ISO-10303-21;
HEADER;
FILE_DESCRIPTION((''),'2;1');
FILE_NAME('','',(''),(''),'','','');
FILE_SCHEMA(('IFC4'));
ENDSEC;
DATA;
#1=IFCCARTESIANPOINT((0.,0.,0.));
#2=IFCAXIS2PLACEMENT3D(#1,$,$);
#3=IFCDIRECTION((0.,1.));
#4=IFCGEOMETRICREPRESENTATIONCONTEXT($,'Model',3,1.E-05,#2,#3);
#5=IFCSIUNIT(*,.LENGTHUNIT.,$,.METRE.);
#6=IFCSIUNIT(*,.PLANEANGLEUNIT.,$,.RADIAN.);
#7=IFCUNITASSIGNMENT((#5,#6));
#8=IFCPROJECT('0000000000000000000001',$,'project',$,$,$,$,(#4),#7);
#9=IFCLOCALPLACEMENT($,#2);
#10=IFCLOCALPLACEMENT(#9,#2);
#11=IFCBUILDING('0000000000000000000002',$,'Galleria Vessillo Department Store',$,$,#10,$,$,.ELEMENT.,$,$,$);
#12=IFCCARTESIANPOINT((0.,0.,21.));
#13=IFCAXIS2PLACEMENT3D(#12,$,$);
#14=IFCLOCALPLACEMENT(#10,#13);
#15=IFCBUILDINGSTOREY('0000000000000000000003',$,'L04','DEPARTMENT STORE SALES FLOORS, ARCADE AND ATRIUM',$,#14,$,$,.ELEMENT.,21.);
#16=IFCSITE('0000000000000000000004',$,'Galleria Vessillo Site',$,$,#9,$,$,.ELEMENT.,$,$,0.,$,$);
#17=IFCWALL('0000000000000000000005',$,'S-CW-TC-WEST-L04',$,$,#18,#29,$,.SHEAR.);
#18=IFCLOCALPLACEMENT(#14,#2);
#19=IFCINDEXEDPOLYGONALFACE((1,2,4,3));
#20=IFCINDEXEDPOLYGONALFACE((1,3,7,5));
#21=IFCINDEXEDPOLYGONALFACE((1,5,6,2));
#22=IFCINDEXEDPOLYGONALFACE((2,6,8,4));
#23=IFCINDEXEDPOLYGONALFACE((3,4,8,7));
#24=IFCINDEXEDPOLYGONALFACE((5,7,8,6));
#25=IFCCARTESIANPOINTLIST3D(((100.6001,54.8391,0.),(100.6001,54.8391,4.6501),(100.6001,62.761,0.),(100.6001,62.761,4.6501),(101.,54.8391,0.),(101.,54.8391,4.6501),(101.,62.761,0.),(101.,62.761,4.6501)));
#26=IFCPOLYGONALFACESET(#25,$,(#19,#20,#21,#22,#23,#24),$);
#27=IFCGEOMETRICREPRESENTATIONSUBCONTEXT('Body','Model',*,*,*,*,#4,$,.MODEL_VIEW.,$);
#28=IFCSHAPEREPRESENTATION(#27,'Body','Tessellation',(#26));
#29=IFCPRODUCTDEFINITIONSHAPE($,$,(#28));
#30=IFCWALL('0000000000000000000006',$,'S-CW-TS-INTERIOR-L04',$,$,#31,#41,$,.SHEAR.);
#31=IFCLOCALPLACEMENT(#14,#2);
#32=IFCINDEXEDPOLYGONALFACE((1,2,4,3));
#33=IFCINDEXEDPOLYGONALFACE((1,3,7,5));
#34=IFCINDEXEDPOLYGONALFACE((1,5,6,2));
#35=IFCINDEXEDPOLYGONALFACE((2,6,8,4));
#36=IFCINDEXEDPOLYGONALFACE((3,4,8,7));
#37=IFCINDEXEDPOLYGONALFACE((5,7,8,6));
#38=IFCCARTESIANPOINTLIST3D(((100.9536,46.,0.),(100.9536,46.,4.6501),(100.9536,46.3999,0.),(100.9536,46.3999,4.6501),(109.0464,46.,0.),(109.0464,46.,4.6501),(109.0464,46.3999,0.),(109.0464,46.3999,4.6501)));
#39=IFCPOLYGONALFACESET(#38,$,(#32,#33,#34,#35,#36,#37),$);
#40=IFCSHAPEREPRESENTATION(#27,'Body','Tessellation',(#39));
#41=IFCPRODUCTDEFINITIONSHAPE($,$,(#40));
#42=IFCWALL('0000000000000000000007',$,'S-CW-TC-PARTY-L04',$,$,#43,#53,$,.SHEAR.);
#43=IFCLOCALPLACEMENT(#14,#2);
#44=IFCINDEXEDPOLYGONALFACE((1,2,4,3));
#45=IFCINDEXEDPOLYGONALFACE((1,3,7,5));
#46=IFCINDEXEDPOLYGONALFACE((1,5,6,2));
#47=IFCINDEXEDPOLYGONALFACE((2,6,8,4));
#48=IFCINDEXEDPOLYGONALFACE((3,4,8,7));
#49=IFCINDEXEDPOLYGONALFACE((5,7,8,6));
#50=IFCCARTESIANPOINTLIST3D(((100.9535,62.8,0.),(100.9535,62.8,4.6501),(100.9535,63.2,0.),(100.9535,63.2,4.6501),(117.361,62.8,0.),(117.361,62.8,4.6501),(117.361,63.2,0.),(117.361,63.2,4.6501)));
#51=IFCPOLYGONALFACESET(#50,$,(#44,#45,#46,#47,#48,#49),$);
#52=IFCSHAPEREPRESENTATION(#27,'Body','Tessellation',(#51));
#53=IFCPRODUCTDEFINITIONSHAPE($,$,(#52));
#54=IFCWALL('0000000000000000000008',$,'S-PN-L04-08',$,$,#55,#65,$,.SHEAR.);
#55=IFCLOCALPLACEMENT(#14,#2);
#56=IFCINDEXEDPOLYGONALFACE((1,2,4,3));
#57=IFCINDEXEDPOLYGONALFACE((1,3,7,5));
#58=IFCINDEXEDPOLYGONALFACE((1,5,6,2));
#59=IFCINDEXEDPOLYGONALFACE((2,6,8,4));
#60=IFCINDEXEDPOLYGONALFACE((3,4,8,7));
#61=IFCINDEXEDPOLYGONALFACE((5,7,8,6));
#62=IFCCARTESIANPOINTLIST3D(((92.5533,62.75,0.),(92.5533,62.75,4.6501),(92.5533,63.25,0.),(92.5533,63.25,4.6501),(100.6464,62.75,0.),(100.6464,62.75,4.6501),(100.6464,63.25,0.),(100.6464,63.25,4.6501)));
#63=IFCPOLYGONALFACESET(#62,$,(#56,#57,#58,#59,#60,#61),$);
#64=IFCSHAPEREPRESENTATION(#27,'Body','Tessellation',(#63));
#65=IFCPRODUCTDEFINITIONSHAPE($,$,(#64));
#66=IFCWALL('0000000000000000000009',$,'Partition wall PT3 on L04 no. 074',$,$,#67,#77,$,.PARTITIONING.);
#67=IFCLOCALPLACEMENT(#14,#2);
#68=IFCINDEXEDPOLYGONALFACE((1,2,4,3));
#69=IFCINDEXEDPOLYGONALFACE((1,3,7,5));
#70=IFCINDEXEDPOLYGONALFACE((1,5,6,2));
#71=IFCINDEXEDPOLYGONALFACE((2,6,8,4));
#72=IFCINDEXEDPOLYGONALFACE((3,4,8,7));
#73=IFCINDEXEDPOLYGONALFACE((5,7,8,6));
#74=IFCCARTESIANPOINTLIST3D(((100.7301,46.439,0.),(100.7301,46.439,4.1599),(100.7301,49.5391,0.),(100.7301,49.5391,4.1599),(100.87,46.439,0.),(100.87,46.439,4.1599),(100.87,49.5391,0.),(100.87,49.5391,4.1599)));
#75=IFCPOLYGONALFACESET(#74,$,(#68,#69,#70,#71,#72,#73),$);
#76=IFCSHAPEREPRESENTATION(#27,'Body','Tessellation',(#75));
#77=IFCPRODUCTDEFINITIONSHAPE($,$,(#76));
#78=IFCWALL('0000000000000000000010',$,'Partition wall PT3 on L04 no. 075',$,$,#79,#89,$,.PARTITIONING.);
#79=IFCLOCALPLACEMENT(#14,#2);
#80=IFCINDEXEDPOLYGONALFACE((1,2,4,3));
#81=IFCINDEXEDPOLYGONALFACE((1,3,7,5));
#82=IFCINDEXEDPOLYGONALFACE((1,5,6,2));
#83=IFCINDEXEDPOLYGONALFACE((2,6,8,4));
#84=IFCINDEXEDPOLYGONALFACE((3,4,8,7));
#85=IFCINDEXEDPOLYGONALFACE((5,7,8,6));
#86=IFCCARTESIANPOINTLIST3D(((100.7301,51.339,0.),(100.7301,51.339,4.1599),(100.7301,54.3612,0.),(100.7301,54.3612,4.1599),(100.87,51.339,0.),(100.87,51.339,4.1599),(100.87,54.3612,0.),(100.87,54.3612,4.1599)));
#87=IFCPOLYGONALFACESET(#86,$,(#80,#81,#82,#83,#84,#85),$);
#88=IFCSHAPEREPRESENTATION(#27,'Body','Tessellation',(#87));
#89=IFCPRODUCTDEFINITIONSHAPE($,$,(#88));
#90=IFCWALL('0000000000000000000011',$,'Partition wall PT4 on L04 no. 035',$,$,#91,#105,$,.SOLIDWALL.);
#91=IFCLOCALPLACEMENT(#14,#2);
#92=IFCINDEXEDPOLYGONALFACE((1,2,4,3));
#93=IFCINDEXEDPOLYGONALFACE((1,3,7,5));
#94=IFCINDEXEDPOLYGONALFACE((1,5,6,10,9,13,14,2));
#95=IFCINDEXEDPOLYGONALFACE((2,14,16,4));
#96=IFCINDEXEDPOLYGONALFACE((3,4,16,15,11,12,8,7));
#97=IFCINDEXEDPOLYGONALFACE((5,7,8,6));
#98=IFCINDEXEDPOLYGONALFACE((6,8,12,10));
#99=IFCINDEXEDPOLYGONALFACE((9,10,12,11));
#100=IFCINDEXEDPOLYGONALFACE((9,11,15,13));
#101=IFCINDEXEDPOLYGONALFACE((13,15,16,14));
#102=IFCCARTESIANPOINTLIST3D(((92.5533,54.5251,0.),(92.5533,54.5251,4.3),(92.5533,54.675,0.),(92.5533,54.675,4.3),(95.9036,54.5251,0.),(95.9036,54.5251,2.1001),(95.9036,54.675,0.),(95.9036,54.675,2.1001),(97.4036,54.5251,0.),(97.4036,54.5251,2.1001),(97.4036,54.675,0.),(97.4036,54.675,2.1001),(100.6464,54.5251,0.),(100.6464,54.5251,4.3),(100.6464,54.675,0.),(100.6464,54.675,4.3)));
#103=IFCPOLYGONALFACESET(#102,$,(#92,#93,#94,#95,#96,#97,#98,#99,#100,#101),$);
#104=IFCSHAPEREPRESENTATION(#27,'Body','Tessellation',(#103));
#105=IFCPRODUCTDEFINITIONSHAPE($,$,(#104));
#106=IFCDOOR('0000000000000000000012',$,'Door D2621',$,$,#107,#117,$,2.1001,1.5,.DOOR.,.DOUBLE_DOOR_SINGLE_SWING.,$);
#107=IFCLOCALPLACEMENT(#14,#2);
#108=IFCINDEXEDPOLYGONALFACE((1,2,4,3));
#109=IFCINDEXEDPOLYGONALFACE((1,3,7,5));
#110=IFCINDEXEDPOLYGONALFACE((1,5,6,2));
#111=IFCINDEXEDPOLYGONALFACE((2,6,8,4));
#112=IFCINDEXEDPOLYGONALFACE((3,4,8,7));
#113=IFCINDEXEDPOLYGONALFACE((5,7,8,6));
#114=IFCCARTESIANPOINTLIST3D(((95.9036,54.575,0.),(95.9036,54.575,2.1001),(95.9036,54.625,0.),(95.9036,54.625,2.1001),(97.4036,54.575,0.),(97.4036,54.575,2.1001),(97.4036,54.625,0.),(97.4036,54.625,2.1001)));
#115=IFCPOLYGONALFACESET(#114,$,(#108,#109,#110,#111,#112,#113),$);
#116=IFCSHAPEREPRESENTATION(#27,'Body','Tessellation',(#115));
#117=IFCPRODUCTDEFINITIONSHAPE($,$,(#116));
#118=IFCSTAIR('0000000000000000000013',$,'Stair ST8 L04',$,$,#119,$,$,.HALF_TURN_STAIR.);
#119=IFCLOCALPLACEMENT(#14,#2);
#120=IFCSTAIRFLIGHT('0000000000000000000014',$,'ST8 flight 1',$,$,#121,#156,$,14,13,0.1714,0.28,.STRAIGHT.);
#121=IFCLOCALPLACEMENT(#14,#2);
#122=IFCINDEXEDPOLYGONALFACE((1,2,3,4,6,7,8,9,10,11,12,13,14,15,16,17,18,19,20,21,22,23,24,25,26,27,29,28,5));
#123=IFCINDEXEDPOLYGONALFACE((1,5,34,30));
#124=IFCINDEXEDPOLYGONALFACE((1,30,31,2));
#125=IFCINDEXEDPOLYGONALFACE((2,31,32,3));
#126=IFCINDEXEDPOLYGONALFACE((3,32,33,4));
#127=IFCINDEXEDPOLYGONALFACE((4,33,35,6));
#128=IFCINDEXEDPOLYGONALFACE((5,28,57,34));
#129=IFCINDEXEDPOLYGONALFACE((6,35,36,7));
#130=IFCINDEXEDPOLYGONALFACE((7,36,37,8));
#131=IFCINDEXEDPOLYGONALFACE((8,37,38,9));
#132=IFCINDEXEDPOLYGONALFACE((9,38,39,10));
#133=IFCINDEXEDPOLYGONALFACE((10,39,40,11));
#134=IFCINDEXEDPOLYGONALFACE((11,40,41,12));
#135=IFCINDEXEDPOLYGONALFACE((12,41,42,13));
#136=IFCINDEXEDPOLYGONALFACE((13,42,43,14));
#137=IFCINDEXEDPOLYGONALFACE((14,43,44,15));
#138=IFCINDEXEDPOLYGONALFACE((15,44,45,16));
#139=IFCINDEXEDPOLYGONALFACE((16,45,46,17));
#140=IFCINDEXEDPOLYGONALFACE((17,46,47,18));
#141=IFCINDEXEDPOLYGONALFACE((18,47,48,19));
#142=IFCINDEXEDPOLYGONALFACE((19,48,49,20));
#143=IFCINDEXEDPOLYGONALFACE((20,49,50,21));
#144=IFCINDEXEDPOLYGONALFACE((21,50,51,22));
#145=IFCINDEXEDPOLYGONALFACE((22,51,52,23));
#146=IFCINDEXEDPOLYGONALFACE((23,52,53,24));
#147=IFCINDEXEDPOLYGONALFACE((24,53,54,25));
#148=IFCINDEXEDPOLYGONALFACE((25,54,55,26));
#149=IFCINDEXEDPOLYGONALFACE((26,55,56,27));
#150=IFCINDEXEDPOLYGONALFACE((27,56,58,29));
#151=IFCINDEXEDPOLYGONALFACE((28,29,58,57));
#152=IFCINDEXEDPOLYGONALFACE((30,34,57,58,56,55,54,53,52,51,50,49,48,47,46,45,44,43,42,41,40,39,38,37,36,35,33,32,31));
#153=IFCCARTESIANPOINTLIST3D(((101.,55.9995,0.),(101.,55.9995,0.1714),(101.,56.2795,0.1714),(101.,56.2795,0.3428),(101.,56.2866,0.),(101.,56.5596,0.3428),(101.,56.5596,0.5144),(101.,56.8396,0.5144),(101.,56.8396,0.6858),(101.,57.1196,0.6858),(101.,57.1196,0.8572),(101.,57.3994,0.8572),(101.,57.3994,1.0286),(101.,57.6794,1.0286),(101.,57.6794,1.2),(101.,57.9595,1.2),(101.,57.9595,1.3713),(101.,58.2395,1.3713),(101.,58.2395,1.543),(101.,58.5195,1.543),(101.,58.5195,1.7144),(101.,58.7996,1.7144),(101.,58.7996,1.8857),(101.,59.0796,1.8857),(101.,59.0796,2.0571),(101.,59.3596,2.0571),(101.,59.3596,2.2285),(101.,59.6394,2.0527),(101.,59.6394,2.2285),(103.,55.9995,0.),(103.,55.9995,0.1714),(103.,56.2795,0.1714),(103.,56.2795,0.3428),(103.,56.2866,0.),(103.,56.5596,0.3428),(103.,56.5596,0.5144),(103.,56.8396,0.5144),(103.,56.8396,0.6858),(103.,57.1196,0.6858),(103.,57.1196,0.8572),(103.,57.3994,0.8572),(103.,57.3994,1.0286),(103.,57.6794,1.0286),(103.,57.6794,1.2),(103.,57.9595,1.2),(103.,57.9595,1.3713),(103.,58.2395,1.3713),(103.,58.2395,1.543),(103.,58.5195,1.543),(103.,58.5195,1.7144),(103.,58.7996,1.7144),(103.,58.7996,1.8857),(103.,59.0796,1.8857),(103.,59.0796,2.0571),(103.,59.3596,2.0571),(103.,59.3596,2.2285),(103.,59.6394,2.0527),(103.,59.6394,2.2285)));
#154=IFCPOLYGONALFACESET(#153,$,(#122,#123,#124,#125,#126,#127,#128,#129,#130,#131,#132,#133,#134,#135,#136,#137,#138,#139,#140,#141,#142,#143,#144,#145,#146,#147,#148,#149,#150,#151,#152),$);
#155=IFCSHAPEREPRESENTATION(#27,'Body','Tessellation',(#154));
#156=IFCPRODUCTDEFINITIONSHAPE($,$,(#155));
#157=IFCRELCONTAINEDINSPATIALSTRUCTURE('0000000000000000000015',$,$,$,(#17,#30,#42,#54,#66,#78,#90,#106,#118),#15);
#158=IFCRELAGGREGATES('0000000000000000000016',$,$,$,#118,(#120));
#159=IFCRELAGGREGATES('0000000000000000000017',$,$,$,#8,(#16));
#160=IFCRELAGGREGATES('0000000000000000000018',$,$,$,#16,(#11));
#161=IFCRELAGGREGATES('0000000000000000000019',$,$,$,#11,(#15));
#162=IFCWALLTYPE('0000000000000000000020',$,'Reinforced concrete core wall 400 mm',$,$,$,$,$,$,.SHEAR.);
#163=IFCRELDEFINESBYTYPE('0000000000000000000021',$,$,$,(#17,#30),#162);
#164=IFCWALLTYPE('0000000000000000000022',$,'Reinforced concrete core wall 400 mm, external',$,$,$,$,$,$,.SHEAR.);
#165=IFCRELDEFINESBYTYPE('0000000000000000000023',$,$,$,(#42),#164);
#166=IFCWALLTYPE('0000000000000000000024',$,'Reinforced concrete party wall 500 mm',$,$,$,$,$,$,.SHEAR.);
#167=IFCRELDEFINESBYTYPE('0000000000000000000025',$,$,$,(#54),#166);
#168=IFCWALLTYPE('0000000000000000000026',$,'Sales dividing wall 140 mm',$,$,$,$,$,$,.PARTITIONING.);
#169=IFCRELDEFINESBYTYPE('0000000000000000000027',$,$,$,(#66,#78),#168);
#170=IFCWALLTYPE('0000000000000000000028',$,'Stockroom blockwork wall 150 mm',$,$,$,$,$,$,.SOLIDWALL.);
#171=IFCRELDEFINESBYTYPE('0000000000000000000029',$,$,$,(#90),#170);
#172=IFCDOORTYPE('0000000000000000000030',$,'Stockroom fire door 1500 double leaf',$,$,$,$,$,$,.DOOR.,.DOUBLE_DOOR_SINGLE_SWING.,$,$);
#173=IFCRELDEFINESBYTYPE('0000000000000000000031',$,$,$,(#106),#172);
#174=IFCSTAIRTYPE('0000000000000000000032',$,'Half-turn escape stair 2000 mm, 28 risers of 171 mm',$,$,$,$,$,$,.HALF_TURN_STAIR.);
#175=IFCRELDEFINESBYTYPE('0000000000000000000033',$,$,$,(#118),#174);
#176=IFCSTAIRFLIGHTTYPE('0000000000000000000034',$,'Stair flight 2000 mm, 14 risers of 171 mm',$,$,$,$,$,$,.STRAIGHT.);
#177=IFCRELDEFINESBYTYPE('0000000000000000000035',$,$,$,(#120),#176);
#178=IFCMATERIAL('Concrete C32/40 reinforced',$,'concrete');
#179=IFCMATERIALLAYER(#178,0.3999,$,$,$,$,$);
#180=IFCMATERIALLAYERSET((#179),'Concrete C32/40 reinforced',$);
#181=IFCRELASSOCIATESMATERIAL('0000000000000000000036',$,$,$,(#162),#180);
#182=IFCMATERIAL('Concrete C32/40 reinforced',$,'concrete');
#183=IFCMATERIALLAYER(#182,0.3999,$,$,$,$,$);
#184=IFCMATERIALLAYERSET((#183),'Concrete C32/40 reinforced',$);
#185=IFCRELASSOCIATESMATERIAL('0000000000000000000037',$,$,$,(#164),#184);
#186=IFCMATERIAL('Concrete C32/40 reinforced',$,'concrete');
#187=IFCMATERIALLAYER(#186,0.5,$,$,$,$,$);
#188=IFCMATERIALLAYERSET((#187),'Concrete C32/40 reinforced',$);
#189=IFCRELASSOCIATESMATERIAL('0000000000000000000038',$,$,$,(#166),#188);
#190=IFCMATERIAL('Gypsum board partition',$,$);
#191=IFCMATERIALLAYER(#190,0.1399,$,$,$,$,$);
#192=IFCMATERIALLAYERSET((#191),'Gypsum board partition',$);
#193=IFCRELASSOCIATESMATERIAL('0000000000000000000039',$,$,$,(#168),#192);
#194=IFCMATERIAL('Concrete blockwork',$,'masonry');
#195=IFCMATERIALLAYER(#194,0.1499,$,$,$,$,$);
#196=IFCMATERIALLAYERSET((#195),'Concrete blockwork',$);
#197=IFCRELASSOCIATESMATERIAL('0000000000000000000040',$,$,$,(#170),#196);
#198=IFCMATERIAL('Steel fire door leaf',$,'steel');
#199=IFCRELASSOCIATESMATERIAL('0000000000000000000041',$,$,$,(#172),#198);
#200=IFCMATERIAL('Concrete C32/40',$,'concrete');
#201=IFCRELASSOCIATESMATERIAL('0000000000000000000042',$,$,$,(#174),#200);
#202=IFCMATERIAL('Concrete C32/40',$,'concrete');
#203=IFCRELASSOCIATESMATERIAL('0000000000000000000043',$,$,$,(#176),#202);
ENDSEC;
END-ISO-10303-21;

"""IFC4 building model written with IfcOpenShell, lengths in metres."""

from ifc_helpers import new_model, si_unit, direction, frame, frame_2d, origin, place, context, subcontext, project, spatial, polyline, rectangle, outline, extrude, material, layer, layer_set, type_object, element, fill, aggregate, save


model = new_model("IFC4")

# Units and contexts
model_context = context("Model", 3, precision=1e-05, world=origin(), true_north=direction((0.0, 1.0)))
body_context = subcontext(model_context, "Body", "Model", "MODEL_VIEW")
ifc_project = project(units=[si_unit("LENGTHUNIT", "METRE"), si_unit("PLANEANGLEUNIT", "RADIAN")], contexts=[model_context])

# Site, building, storey
site_placement = place(None, origin())
site = spatial("IfcSite", under=ifc_project, at=site_placement, Name="Galleria Vessillo Site", CompositionType="ELEMENT", RefElevation=0.0)
building_placement = place(site_placement, origin())
building = spatial("IfcBuilding", under=site, at=building_placement, Name="Galleria Vessillo Department Store", CompositionType="ELEMENT")
storey_placement = place(building_placement, frame((0.0, 0.0, 21.0)))
storey = spatial("IfcBuildingStorey", under=building, at=storey_placement, Name="L04", Description="DEPARTMENT STORE SALES FLOORS, ARCADE AND ATRIUM", CompositionType="ELEMENT", Elevation=21.0)

# Shared definitions
ifc_material_1 = material(Name="Concrete C32/40 reinforced", Category="concrete")
ifc_layer_1 = layer(ifc_material_1, 0.3999)
ifc_layer_set_1 = layer_set([ifc_layer_1], Name="Concrete C32/40 reinforced")
wall_type_1 = type_object("IfcWallType", Name="Reinforced concrete core wall 400 mm", PredefinedType="SHEAR", material=ifc_layer_set_1)

# Walls
wall_1_placement = place(storey_placement, frame((100.8, 54.8391, 0.0), z_axis=(0.0, 0.0, 1.0), x_axis=(0.0, 1.0, 0.0)))
element("IfcWall", 1, at=wall_1_placement, inside=storey, type_object=wall_type_1, Name="S-CW-TC-WEST-L04", PredefinedType="SHEAR", context=body_context, shape_type="SweptSolid", body=[
    extrude(rectangle(XDim=7.9219, YDim=0.3999, at=frame_2d((3.9609, 0.0))), origin(), (0.0, 0.0, 1.0), 4.6501),
])
wall_2_placement = place(storey_placement, frame((100.9536, 46.2, 0.0), z_axis=(0.0, 0.0, 1.0), x_axis=(1.0, 0.0, 0.0)))
element("IfcWall", 2, at=wall_2_placement, inside=storey, type_object=wall_type_1, Name="S-CW-TS-INTERIOR-L04", PredefinedType="SHEAR", context=body_context, shape_type="SweptSolid", body=[
    extrude(rectangle(XDim=8.0928, YDim=0.3999, at=frame_2d((4.0464, 0.0))), origin(), (0.0, 0.0, 1.0), 4.6501),
])
ifc_material_2 = material(Name="Concrete C32/40 reinforced", Category="concrete")
ifc_layer_2 = layer(ifc_material_2, 0.3999)
ifc_layer_set_2 = layer_set([ifc_layer_2], Name="Concrete C32/40 reinforced")
wall_type_2 = type_object("IfcWallType", Name="Reinforced concrete core wall 400 mm, external", PredefinedType="SHEAR", material=ifc_layer_set_2)
wall_3_placement = place(storey_placement, frame((100.9536, 63.0, 0.0), z_axis=(0.0, 0.0, 1.0), x_axis=(1.0, 0.0, 0.0)))
element("IfcWall", 3, at=wall_3_placement, inside=storey, type_object=wall_type_2, Name="S-CW-TC-PARTY-L04", PredefinedType="SHEAR", context=body_context, shape_type="SweptSolid", body=[
    extrude(rectangle(XDim=16.4075, YDim=0.3999, at=frame_2d((8.2036, 0.0))), origin(), (0.0, 0.0, 1.0), 4.6501),
])
ifc_material_3 = material(Name="Concrete C32/40 reinforced", Category="concrete")
ifc_layer_3 = layer(ifc_material_3, 0.5)
ifc_layer_set_3 = layer_set([ifc_layer_3], Name="Concrete C32/40 reinforced")
wall_type_3 = type_object("IfcWallType", Name="Reinforced concrete party wall 500 mm", PredefinedType="SHEAR", material=ifc_layer_set_3)
wall_4_placement = place(storey_placement, frame((92.5535, 63.0, 0.0), z_axis=(0.0, 0.0, 1.0), x_axis=(1.0, 0.0, 0.0)))
element("IfcWall", 4, at=wall_4_placement, inside=storey, type_object=wall_type_3, Name="S-PN-L04-08", PredefinedType="SHEAR", context=body_context, shape_type="SweptSolid", body=[
    extrude(rectangle(XDim=8.093, YDim=0.5, at=frame_2d((4.0464, 0.0))), origin(), (0.0, 0.0, 1.0), 4.6501),
])
ifc_material_4 = material(Name="Gypsum board partition")
ifc_layer_4 = layer(ifc_material_4, 0.1399)
ifc_layer_set_4 = layer_set([ifc_layer_4], Name="Gypsum board partition")
wall_type_4 = type_object("IfcWallType", Name="Sales dividing wall 140 mm", PredefinedType="PARTITIONING", material=ifc_layer_set_4)
wall_5_placement = place(storey_placement, frame((100.8, 46.439, 0.0), z_axis=(0.0, 0.0, 1.0), x_axis=(0.0, 1.0, 0.0)))
element("IfcWall", 5, at=wall_5_placement, inside=storey, type_object=wall_type_4, Name="Partition wall PT3 on L04 no. 074", PredefinedType="PARTITIONING", context=body_context, shape_type="SweptSolid", body=[
    extrude(rectangle(XDim=3.1001, YDim=0.1399, at=frame_2d((1.55, 0.0))), origin(), (0.0, 0.0, 1.0), 4.1599),
])
wall_6_placement = place(storey_placement, frame((100.8, 51.3389, 0.0), z_axis=(0.0, 0.0, 1.0), x_axis=(0.0, 1.0, 0.0)))
element("IfcWall", 6, at=wall_6_placement, inside=storey, type_object=wall_type_4, Name="Partition wall PT3 on L04 no. 075", PredefinedType="PARTITIONING", context=body_context, shape_type="SweptSolid", body=[
    extrude(rectangle(XDim=3.0222, YDim=0.1399, at=frame_2d((1.5112, 0.0))), origin(), (0.0, 0.0, 1.0), 4.1599),
])

# Wall, opening, door
ifc_material_5 = material(Name="Concrete blockwork", Category="masonry")
ifc_layer_5 = layer(ifc_material_5, 0.1499)
ifc_layer_set_5 = layer_set([ifc_layer_5], Name="Concrete blockwork")
wall_type_5 = type_object("IfcWallType", Name="Stockroom blockwork wall 150 mm", PredefinedType="SOLIDWALL", material=ifc_layer_set_5)
wall_7_placement = place(storey_placement, frame((92.5535, 54.6001, 0.0), z_axis=(0.0, 0.0, 1.0), x_axis=(1.0, 0.0, 0.0)))
wall_7 = element("IfcWall", 7, at=wall_7_placement, inside=storey, type_object=wall_type_5, Name="Partition wall PT4 on L04 no. 035", PredefinedType="SOLIDWALL", context=body_context, shape_type="SweptSolid", body=[
    extrude(rectangle(XDim=8.093, YDim=0.1499, at=frame_2d((4.0464, 0.0))), origin(), (0.0, 0.0, 1.0), 4.3),
])
opening_1_placement = place(wall_7_placement, frame((3.3501, 0.0, 0.0)))
opening_1 = element("IfcOpeningElement", 8, at=opening_1_placement, cuts=wall_7, PredefinedType="OPENING", context=body_context, shape_type="SweptSolid", body=[
    extrude(rectangle(XDim=1.5, YDim=2.1001, at=frame_2d((0.75, 1.05))), frame((0.0, 0.085, 0.0), z_axis=(0.0, -1.0, 0.0), x_axis=(1.0, 0.0, 0.0)), (0.0, 0.0, 1.0), 0.1699),
])
ifc_material_6 = material(Name="Steel fire door leaf", Category="steel")
door_type_1 = type_object("IfcDoorType", Name="Stockroom fire door 1500 double leaf", OperationType="DOUBLE_DOOR_SINGLE_SWING", PredefinedType="DOOR", material=ifc_material_6)
door_1_placement = place(opening_1_placement, origin())
door_1 = element("IfcDoor", 9, at=door_1_placement, inside=storey, type_object=door_type_1, Name="Door D2621", OperationType="DOUBLE_DOOR_SINGLE_SWING", OverallHeight=2.1001, OverallWidth=1.5, PredefinedType="DOOR", context=body_context, shape_type="SweptSolid", body=[
    extrude(rectangle(XDim=1.5, YDim=2.1001, at=frame_2d((0.75, 1.05))), frame((0.0, 0.0249, 0.0), z_axis=(0.0, -1.0, 0.0), x_axis=(1.0, 0.0, 0.0)), (0.0, 0.0, 1.0), 0.05),
])
fill(opening_1, door_1)

# Stair, stair flight
ifc_material_7 = material(Name="Concrete C32/40", Category="concrete")
stair_type = type_object("IfcStairType", Name="Half-turn escape stair 2000 mm, 28 risers of 171 mm", PredefinedType="HALF_TURN_STAIR", material=ifc_material_7)
stair_1_placement = place(storey_placement, origin())
stair_1 = element("IfcStair", 10, at=stair_1_placement, inside=storey, type_object=stair_type, Name="Stair ST8 L04", PredefinedType="HALF_TURN_STAIR")
ifc_material_8 = material(Name="Concrete C32/40", Category="concrete")
stair_flight_type = type_object("IfcStairFlightType", Name="Stair flight 2000 mm, 14 risers of 171 mm", PredefinedType="STRAIGHT", material=ifc_material_8)
stair_flight_1_placement = place(storey_placement, frame((102.0, 55.9995, 0.0), z_axis=(0.0, 0.0, 1.0), x_axis=(0.0, 1.0, 0.0)))
stair_flight_1 = element("IfcStairFlight", 11, at=stair_flight_1_placement, type_object=stair_flight_type, Name="ST8 flight 1", NumberOfRisers=14, NumberOfTreads=13, PredefinedType="STRAIGHT", RiserHeight=0.1714, TreadLength=0.28, context=body_context, shape_type="SweptSolid", body=[
    extrude(outline(polyline([(0.0, 0.0), (0.0, 0.1714), (0.28, 0.1714), (0.28, 0.3428), (0.5601, 0.3428), (0.5601, 0.5144), (0.8401, 0.5144), (0.8401, 0.6858), (1.1201, 0.6858), (1.1201, 0.8572), (1.3999, 0.8572), (1.3999, 1.0286), (1.6799, 1.0286), (1.6799, 1.2), (1.96, 1.2), (1.96, 1.3713), (2.24, 1.3713), (2.24, 1.543), (2.52, 1.543), (2.52, 1.7144), (2.8, 1.7144), (2.8, 1.8857), (3.0801, 1.8857), (3.0801, 2.0571), (3.3601, 2.0571), (3.3601, 2.2285), (3.6399, 2.2285), (3.6399, 2.3999), (3.6399, 2.0527), (0.2871, 0.0), (0.0, 0.0)])), frame((0.0, 1.0, 0.0), z_axis=(0.0, -1.0, 0.0), x_axis=(1.0, 0.0, 0.0)), (0.0, 0.0, 1.0), 2.0),
])
aggregate(stair_1, [stair_flight_1])

save(model, "model.ifc")
